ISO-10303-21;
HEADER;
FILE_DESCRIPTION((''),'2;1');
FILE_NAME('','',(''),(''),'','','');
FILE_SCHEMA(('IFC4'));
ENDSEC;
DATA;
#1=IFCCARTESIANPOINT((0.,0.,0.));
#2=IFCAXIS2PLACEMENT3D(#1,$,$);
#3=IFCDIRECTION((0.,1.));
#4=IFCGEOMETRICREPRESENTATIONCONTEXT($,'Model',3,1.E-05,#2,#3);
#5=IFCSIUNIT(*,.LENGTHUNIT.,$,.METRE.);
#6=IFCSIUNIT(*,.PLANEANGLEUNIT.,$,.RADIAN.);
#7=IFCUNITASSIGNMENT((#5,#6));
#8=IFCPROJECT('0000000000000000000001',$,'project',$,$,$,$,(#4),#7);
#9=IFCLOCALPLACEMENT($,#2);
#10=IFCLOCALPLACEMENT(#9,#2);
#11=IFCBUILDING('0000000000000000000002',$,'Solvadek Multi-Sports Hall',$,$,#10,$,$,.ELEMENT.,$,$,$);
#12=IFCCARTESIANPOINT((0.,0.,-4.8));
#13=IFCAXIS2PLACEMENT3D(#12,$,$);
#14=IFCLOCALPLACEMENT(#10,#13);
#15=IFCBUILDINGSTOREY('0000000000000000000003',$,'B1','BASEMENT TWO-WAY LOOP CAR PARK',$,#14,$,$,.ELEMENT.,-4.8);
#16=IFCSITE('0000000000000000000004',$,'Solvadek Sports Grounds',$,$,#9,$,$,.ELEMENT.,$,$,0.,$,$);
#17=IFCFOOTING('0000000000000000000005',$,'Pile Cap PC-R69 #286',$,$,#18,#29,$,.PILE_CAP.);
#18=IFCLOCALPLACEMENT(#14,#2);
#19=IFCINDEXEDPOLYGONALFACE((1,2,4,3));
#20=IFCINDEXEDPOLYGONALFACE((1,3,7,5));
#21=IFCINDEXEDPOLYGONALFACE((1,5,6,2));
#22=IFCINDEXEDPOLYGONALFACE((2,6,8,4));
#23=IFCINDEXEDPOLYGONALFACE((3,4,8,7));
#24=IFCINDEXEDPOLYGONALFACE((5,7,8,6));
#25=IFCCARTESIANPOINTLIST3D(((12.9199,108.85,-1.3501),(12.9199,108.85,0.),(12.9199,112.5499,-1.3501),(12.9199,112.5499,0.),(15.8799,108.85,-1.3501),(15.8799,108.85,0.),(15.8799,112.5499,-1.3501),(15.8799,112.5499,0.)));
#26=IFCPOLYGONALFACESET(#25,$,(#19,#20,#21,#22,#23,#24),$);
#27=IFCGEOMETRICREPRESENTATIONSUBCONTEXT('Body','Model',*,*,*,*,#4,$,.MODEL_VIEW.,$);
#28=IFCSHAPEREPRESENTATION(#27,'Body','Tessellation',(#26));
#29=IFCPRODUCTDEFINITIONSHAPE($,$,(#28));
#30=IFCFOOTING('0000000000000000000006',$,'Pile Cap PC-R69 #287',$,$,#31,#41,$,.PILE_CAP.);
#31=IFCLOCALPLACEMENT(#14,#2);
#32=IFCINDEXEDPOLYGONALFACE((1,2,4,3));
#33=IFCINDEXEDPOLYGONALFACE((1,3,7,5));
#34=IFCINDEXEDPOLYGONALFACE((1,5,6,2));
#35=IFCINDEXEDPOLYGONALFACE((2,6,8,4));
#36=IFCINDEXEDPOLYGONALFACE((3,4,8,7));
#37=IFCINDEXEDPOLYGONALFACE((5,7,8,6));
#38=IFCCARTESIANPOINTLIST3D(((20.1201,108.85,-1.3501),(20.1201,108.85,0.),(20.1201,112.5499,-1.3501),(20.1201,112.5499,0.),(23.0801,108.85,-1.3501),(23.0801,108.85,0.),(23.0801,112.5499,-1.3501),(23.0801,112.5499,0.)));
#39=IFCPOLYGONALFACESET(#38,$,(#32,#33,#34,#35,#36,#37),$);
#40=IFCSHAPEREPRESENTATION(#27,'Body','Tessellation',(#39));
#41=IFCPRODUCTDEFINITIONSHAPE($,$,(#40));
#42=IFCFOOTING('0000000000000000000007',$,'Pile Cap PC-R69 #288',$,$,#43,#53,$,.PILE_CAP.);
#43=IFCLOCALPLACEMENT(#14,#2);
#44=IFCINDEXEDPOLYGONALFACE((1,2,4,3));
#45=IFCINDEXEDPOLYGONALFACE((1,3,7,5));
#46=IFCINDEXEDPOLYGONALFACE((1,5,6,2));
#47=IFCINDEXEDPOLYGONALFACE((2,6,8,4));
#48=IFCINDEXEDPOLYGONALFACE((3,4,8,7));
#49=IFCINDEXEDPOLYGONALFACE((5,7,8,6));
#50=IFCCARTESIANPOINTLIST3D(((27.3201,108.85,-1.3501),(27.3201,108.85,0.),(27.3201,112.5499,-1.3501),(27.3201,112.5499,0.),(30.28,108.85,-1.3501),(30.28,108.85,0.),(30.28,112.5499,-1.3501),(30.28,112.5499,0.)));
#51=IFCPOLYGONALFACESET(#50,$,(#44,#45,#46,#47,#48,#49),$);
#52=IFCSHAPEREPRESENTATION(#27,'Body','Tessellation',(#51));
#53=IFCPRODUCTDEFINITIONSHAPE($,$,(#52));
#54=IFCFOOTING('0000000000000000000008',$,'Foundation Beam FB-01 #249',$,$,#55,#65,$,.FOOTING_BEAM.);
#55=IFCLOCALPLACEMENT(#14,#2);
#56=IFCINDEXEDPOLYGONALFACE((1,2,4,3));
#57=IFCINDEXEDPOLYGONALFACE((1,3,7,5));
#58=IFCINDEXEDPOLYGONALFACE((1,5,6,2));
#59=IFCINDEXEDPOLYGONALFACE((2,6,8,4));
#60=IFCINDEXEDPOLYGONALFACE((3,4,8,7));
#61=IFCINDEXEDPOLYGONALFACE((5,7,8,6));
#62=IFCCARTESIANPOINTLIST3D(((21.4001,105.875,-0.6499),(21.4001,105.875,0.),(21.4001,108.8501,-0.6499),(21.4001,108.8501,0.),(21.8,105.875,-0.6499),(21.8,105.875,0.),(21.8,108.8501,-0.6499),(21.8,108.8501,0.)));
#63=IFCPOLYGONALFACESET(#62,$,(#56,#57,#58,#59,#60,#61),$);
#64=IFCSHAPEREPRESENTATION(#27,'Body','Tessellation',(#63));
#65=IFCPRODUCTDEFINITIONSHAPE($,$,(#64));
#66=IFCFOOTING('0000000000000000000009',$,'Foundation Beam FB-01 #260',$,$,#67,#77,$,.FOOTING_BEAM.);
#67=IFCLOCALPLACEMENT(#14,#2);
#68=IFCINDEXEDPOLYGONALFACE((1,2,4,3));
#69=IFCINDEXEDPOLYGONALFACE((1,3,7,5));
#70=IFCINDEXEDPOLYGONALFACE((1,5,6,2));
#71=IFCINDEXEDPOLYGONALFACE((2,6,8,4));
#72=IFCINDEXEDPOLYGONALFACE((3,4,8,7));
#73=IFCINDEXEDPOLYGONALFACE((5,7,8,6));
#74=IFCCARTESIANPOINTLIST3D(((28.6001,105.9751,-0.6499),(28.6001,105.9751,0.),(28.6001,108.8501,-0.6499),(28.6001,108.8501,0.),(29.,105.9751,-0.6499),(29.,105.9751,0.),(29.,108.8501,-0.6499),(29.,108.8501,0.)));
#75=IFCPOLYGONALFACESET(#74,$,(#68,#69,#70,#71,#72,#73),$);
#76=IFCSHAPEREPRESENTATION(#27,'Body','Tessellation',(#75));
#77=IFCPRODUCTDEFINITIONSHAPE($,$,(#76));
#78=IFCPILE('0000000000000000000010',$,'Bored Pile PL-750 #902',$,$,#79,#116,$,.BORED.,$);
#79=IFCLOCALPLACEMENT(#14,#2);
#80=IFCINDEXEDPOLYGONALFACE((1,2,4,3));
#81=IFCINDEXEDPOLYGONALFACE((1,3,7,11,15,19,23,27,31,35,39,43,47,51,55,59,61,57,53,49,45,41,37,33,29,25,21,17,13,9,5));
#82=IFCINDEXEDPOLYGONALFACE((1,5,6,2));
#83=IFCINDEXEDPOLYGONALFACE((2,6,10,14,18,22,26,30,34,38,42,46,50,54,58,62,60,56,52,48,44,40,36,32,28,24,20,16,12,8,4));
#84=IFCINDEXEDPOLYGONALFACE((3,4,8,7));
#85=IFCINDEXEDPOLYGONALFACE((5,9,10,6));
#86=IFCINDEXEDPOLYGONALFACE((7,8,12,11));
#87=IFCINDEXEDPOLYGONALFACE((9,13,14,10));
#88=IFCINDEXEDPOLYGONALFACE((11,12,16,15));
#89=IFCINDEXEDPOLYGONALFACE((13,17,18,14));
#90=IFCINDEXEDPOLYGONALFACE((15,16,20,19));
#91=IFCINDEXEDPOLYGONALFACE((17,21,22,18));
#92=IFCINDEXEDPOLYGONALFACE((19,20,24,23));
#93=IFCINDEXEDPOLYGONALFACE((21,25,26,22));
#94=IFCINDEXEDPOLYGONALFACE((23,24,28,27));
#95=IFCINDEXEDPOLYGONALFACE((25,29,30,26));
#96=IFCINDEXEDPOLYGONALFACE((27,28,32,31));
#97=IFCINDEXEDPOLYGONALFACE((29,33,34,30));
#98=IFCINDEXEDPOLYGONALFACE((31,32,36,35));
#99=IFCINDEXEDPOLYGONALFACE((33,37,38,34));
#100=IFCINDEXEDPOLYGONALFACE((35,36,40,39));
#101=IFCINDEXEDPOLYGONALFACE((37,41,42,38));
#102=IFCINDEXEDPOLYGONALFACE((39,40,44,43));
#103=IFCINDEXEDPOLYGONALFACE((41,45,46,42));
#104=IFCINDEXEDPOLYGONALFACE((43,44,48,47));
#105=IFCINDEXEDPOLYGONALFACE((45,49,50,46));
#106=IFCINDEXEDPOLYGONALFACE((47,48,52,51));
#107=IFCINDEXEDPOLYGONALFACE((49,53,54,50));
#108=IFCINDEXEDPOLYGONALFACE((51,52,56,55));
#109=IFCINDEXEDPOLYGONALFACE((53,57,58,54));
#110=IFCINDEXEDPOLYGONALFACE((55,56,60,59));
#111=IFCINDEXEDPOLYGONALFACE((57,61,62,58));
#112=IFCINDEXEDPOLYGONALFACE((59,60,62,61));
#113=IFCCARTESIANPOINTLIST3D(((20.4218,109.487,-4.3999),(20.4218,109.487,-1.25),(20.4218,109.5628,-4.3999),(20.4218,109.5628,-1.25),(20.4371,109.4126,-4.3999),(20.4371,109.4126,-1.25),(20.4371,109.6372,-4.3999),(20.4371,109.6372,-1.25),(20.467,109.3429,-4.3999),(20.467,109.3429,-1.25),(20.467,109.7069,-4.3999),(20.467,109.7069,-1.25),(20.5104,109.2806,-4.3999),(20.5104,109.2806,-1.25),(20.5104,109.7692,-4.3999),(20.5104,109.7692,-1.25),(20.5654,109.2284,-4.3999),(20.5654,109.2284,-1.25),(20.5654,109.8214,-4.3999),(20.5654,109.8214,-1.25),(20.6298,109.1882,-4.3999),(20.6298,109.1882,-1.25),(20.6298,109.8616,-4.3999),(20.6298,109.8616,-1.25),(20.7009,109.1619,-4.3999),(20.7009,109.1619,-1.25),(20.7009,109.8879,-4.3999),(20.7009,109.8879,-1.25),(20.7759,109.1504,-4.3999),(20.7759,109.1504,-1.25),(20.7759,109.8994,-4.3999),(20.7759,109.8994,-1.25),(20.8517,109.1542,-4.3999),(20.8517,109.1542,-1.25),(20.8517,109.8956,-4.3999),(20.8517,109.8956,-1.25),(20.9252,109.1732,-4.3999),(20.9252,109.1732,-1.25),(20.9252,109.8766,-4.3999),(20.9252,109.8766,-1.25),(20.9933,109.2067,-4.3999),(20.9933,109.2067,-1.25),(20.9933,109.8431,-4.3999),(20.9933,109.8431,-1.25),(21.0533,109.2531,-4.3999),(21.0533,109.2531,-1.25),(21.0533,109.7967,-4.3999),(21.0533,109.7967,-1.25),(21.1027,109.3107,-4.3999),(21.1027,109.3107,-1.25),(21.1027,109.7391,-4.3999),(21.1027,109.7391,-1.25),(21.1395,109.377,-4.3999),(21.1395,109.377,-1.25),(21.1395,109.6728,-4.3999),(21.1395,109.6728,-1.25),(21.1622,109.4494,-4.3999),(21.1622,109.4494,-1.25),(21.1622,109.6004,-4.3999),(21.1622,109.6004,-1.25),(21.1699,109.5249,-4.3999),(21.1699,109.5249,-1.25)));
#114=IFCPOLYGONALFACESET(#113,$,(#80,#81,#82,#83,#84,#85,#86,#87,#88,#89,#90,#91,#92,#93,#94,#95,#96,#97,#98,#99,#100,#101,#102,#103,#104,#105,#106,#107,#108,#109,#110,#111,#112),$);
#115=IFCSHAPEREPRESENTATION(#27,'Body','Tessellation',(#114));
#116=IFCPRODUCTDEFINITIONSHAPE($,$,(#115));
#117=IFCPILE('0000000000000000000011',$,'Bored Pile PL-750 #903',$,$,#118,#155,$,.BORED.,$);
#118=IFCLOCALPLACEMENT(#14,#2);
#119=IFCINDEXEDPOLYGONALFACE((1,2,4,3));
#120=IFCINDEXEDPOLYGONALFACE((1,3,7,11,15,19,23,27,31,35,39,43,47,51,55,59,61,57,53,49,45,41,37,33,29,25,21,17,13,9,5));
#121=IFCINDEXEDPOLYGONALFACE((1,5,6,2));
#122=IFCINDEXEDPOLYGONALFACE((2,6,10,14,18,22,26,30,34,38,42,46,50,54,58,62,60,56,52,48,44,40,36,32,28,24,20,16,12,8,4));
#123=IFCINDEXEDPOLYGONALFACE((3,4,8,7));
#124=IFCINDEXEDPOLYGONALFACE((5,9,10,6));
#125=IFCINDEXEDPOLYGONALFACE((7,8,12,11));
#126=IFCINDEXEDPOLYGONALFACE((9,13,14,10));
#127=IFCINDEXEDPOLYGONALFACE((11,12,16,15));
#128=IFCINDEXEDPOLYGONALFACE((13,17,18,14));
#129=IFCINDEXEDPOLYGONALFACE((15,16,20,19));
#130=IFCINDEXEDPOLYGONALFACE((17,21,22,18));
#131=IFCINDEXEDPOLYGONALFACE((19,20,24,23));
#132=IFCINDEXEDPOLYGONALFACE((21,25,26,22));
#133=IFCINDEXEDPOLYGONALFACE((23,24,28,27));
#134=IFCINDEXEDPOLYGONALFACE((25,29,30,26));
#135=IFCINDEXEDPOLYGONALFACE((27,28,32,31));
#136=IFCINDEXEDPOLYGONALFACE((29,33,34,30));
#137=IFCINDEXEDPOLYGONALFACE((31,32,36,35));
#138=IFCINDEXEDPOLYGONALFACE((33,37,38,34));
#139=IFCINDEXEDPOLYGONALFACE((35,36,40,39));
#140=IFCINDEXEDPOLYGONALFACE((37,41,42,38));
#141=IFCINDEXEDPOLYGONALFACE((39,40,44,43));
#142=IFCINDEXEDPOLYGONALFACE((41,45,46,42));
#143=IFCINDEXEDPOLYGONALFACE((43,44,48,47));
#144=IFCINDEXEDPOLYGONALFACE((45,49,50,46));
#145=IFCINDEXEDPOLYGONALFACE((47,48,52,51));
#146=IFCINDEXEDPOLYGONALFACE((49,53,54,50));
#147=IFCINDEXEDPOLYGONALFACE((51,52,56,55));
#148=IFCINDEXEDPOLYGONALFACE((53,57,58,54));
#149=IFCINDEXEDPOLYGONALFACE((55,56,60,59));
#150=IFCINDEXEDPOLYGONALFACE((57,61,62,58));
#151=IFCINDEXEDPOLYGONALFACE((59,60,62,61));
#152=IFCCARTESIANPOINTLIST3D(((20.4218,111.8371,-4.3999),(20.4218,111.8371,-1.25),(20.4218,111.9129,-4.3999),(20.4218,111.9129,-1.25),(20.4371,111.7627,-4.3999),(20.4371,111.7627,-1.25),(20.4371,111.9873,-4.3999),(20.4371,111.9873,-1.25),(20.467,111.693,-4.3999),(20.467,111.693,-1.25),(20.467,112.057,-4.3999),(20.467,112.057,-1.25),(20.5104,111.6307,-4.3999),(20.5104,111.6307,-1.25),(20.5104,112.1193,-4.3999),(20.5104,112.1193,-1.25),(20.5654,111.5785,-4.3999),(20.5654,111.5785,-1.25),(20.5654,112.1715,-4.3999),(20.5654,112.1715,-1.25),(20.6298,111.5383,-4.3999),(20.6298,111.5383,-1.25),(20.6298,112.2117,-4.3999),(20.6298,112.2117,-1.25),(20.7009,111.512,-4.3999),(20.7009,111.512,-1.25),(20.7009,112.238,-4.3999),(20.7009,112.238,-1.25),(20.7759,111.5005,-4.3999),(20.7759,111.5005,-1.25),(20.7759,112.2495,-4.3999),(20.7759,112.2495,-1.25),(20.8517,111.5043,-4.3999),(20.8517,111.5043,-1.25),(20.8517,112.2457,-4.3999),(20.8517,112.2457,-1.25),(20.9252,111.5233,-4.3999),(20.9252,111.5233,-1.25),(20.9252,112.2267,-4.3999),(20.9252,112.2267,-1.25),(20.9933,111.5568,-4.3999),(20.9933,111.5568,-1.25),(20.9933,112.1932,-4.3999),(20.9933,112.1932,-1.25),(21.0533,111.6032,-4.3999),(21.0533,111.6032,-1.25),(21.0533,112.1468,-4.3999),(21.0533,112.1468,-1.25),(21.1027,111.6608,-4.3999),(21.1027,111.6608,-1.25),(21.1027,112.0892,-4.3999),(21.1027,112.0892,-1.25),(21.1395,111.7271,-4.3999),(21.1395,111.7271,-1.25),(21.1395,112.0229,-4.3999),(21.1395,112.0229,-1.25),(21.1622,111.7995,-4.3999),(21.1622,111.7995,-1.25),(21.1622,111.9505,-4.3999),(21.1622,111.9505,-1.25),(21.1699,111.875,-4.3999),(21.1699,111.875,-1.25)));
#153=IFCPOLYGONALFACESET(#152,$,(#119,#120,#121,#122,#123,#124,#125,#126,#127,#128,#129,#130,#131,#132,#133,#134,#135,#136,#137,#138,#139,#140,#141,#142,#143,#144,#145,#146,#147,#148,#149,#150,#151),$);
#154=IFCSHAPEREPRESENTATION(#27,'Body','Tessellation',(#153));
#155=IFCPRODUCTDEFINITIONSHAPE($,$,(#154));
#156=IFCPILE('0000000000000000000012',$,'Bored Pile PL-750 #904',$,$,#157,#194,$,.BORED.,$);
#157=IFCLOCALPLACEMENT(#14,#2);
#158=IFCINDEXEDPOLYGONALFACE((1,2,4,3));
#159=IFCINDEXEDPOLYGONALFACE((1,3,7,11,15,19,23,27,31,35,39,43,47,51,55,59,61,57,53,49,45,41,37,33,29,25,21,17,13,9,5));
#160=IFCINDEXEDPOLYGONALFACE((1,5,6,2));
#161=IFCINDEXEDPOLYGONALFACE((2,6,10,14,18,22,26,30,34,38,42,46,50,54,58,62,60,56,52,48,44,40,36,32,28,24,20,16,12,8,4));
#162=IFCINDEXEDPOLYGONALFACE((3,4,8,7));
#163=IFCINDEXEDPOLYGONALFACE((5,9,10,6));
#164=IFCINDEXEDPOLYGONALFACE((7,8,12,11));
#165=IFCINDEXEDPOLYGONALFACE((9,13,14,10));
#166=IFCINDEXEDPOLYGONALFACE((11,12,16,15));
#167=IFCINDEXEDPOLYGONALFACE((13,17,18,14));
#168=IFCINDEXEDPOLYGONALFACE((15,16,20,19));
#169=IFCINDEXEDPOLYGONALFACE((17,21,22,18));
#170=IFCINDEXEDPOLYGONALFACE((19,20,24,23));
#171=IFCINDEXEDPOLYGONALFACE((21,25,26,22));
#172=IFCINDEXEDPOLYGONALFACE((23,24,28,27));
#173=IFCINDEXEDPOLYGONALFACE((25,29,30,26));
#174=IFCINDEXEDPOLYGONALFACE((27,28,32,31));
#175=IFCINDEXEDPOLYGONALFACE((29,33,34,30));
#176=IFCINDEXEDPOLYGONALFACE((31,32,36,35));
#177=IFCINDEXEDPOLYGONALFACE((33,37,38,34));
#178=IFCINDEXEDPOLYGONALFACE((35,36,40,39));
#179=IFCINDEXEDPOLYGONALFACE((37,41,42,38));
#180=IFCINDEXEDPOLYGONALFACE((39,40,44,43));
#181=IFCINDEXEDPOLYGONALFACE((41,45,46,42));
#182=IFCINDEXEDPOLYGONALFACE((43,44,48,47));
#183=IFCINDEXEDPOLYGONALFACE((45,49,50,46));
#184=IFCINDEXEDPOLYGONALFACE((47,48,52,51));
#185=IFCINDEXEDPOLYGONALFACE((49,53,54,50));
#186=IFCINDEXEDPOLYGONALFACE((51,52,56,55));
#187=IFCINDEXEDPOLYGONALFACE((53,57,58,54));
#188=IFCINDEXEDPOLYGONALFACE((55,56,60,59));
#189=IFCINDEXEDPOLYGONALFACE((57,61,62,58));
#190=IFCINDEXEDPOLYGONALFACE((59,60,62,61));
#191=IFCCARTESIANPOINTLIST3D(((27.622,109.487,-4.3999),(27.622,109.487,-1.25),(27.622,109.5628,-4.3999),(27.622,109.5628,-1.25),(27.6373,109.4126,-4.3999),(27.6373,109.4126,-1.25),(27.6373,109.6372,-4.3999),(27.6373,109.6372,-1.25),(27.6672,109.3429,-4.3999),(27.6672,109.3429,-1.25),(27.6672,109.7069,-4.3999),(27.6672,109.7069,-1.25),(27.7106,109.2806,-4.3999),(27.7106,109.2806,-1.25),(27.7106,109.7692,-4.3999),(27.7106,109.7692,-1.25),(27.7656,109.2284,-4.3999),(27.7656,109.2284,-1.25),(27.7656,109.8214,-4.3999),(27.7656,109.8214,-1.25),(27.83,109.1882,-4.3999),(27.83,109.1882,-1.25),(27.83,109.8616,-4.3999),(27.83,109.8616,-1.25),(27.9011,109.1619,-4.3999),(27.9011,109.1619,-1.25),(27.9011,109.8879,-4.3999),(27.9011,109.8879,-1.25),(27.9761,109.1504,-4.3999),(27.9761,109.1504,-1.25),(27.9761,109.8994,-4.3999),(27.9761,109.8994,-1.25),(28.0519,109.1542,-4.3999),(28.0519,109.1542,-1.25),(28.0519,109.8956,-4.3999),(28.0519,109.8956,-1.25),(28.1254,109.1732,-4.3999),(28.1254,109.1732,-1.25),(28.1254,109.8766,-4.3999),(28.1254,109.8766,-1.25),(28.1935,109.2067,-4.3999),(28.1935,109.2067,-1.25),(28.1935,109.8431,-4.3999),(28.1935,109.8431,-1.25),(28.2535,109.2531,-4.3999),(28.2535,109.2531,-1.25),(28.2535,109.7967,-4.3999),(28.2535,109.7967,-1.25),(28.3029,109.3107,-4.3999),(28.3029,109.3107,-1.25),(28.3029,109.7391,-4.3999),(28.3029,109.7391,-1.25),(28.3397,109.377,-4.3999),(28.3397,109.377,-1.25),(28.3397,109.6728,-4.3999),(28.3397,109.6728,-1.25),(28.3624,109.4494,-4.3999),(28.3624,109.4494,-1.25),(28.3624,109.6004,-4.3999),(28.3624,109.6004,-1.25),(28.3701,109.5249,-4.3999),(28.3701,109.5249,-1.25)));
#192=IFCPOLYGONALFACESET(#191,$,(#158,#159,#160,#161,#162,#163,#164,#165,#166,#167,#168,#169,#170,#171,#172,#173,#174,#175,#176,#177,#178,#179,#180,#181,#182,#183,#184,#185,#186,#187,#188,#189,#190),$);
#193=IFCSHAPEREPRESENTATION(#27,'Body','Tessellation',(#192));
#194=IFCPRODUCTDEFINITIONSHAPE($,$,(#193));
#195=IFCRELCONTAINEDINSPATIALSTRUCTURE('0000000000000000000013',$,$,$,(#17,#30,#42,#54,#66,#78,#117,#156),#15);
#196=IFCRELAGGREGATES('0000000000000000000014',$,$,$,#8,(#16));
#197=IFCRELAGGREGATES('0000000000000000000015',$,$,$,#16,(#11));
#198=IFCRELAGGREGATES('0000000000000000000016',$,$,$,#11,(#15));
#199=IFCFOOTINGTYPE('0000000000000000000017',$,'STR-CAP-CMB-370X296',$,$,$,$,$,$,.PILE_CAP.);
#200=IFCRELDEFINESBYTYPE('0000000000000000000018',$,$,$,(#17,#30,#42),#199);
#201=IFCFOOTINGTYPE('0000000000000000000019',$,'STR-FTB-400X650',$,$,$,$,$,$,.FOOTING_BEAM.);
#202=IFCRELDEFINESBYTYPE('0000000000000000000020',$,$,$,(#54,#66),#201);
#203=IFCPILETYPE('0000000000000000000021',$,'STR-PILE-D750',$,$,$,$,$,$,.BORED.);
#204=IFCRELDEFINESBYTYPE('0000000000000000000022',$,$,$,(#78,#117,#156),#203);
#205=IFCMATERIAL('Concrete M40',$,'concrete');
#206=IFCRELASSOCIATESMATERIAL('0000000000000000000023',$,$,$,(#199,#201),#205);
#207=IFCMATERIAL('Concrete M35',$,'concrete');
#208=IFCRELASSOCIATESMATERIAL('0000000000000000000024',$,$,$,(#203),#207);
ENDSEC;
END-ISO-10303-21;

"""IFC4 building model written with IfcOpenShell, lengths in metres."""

from ifc_helpers import new_model, si_unit, direction, frame, origin, origin_2d, place, context, subcontext, project, spatial, rectangle, circle, extrude, material, material_profile, profile_set, type_object, element, save


model = new_model("IFC4")

# Units and contexts
model_context = context("Model", 3, precision=1e-05, world=origin(), true_north=direction((0.0, 1.0)))
body_context = subcontext(model_context, "Body", "Model", "MODEL_VIEW")
ifc_project = project(units=[si_unit("LENGTHUNIT", "METRE"), si_unit("PLANEANGLEUNIT", "RADIAN")], contexts=[model_context])

# Site, building, storey
site_placement = place(None, origin())
site = spatial("IfcSite", under=ifc_project, at=site_placement, Name="Solvadek Sports Grounds", CompositionType="ELEMENT", RefElevation=0.0)
building_placement = place(site_placement, origin())
building = spatial("IfcBuilding", under=site, at=building_placement, Name="Solvadek Multi-Sports Hall", CompositionType="ELEMENT")
storey_placement = place(building_placement, frame((0.0, 0.0, -4.8)))
storey = spatial("IfcBuildingStorey", under=building, at=storey_placement, Name="B1", Description="BASEMENT TWO-WAY LOOP CAR PARK", CompositionType="ELEMENT", Elevation=-4.8)

# Footings
ifc_material_1 = material(Name="Concrete M40", Category="concrete")
footing_type_1 = type_object("IfcFootingType", Name="STR-CAP-CMB-370X296", PredefinedType="PILE_CAP", material=ifc_material_1)
for number, where, z_axis, x_axis, name in (
    (1, (14.3999, 110.7, -1.3501), (0.0, 0.0, 1.0), (0.0, 1.0, 0.0), "Pile Cap PC-R69 #286"),
    (2, (21.6001, 110.7, -1.3501), (0.0, 0.0, 1.0), (0.0, 1.0, 0.0), "Pile Cap PC-R69 #287"),
    (3, (28.8, 110.7, -1.3501), (0.0, 0.0, 1.0), (0.0, 1.0, 0.0), "Pile Cap PC-R69 #288"),
):
    element("IfcFooting", number, at=place(storey_placement, frame(where, z_axis=z_axis, x_axis=x_axis)), inside=storey, type_object=footing_type_1, Name=name, PredefinedType="PILE_CAP", context=body_context, shape_type="SweptSolid", body=[
        extrude(rectangle(XDim=3.7, YDim=2.96, at=origin_2d()), origin(), (0.0, 0.0, 1.0), 1.3501),
    ])
footing_type_2 = type_object("IfcFootingType", Name="STR-FTB-400X650", PredefinedType="FOOTING_BEAM", material=ifc_material_1)
footing_1_placement = place(storey_placement, frame((21.6001, 107.3625, -0.6499), z_axis=(0.0, 0.0, 1.0), x_axis=(0.0, 1.0, 0.0)))
element("IfcFooting", 4, at=footing_1_placement, inside=storey, type_object=footing_type_2, Name="Foundation Beam FB-01 #249", PredefinedType="FOOTING_BEAM", context=body_context, shape_type="SweptSolid", body=[
    extrude(rectangle(XDim=2.9751, YDim=0.3999, at=origin_2d()), origin(), (0.0, 0.0, 1.0), 0.6499),
])
footing_2_placement = place(storey_placement, frame((28.8, 107.4126, -0.6499), z_axis=(0.0, 0.0, 1.0), x_axis=(0.0, 1.0, 0.0)))
element("IfcFooting", 5, at=footing_2_placement, inside=storey, type_object=footing_type_2, Name="Foundation Beam FB-01 #260", PredefinedType="FOOTING_BEAM", context=body_context, shape_type="SweptSolid", body=[
    extrude(rectangle(XDim=2.875, YDim=0.3999, at=origin_2d()), origin(), (0.0, 0.0, 1.0), 0.6499),
])

# Piles
ifc_material_2 = material(Name="Concrete M35", Category="concrete")
ifc_material_profile_1 = material_profile(ifc_material_2, circle(Radius=0.375, at=origin_2d()), Name="BORED PILE D750")
ifc_profile_set_1 = profile_set([ifc_material_profile_1], Name="Concrete M35")
pile_type = type_object("IfcPileType", Name="STR-PILE-D750", PredefinedType="BORED", material=ifc_profile_set_1)
for number, where, z_axis, x_axis, name in (
    (6, (20.7949, 109.5249, -1.25), (0.0, 0.0, -1.0), (1.0, 0.0, 0.0), "Bored Pile PL-750 #902"),
    (7, (20.7949, 111.875, -1.25), (0.0, 0.0, -1.0), (1.0, 0.0, 0.0), "Bored Pile PL-750 #903"),
    (8, (27.9951, 109.5249, -1.25), (0.0, 0.0, -1.0), (1.0, 0.0, 0.0), "Bored Pile PL-750 #904"),
):
    element("IfcPile", number, at=place(storey_placement, frame(where, z_axis=z_axis, x_axis=x_axis)), inside=storey, type_object=pile_type, Name=name, PredefinedType="BORED", context=body_context, shape_type="SweptSolid", body=[
        extrude(circle(Radius=0.375, at=origin_2d()), origin(), (0.0, 0.0, 1.0), 3.1499),
    ])

save(model, "model.ifc")
